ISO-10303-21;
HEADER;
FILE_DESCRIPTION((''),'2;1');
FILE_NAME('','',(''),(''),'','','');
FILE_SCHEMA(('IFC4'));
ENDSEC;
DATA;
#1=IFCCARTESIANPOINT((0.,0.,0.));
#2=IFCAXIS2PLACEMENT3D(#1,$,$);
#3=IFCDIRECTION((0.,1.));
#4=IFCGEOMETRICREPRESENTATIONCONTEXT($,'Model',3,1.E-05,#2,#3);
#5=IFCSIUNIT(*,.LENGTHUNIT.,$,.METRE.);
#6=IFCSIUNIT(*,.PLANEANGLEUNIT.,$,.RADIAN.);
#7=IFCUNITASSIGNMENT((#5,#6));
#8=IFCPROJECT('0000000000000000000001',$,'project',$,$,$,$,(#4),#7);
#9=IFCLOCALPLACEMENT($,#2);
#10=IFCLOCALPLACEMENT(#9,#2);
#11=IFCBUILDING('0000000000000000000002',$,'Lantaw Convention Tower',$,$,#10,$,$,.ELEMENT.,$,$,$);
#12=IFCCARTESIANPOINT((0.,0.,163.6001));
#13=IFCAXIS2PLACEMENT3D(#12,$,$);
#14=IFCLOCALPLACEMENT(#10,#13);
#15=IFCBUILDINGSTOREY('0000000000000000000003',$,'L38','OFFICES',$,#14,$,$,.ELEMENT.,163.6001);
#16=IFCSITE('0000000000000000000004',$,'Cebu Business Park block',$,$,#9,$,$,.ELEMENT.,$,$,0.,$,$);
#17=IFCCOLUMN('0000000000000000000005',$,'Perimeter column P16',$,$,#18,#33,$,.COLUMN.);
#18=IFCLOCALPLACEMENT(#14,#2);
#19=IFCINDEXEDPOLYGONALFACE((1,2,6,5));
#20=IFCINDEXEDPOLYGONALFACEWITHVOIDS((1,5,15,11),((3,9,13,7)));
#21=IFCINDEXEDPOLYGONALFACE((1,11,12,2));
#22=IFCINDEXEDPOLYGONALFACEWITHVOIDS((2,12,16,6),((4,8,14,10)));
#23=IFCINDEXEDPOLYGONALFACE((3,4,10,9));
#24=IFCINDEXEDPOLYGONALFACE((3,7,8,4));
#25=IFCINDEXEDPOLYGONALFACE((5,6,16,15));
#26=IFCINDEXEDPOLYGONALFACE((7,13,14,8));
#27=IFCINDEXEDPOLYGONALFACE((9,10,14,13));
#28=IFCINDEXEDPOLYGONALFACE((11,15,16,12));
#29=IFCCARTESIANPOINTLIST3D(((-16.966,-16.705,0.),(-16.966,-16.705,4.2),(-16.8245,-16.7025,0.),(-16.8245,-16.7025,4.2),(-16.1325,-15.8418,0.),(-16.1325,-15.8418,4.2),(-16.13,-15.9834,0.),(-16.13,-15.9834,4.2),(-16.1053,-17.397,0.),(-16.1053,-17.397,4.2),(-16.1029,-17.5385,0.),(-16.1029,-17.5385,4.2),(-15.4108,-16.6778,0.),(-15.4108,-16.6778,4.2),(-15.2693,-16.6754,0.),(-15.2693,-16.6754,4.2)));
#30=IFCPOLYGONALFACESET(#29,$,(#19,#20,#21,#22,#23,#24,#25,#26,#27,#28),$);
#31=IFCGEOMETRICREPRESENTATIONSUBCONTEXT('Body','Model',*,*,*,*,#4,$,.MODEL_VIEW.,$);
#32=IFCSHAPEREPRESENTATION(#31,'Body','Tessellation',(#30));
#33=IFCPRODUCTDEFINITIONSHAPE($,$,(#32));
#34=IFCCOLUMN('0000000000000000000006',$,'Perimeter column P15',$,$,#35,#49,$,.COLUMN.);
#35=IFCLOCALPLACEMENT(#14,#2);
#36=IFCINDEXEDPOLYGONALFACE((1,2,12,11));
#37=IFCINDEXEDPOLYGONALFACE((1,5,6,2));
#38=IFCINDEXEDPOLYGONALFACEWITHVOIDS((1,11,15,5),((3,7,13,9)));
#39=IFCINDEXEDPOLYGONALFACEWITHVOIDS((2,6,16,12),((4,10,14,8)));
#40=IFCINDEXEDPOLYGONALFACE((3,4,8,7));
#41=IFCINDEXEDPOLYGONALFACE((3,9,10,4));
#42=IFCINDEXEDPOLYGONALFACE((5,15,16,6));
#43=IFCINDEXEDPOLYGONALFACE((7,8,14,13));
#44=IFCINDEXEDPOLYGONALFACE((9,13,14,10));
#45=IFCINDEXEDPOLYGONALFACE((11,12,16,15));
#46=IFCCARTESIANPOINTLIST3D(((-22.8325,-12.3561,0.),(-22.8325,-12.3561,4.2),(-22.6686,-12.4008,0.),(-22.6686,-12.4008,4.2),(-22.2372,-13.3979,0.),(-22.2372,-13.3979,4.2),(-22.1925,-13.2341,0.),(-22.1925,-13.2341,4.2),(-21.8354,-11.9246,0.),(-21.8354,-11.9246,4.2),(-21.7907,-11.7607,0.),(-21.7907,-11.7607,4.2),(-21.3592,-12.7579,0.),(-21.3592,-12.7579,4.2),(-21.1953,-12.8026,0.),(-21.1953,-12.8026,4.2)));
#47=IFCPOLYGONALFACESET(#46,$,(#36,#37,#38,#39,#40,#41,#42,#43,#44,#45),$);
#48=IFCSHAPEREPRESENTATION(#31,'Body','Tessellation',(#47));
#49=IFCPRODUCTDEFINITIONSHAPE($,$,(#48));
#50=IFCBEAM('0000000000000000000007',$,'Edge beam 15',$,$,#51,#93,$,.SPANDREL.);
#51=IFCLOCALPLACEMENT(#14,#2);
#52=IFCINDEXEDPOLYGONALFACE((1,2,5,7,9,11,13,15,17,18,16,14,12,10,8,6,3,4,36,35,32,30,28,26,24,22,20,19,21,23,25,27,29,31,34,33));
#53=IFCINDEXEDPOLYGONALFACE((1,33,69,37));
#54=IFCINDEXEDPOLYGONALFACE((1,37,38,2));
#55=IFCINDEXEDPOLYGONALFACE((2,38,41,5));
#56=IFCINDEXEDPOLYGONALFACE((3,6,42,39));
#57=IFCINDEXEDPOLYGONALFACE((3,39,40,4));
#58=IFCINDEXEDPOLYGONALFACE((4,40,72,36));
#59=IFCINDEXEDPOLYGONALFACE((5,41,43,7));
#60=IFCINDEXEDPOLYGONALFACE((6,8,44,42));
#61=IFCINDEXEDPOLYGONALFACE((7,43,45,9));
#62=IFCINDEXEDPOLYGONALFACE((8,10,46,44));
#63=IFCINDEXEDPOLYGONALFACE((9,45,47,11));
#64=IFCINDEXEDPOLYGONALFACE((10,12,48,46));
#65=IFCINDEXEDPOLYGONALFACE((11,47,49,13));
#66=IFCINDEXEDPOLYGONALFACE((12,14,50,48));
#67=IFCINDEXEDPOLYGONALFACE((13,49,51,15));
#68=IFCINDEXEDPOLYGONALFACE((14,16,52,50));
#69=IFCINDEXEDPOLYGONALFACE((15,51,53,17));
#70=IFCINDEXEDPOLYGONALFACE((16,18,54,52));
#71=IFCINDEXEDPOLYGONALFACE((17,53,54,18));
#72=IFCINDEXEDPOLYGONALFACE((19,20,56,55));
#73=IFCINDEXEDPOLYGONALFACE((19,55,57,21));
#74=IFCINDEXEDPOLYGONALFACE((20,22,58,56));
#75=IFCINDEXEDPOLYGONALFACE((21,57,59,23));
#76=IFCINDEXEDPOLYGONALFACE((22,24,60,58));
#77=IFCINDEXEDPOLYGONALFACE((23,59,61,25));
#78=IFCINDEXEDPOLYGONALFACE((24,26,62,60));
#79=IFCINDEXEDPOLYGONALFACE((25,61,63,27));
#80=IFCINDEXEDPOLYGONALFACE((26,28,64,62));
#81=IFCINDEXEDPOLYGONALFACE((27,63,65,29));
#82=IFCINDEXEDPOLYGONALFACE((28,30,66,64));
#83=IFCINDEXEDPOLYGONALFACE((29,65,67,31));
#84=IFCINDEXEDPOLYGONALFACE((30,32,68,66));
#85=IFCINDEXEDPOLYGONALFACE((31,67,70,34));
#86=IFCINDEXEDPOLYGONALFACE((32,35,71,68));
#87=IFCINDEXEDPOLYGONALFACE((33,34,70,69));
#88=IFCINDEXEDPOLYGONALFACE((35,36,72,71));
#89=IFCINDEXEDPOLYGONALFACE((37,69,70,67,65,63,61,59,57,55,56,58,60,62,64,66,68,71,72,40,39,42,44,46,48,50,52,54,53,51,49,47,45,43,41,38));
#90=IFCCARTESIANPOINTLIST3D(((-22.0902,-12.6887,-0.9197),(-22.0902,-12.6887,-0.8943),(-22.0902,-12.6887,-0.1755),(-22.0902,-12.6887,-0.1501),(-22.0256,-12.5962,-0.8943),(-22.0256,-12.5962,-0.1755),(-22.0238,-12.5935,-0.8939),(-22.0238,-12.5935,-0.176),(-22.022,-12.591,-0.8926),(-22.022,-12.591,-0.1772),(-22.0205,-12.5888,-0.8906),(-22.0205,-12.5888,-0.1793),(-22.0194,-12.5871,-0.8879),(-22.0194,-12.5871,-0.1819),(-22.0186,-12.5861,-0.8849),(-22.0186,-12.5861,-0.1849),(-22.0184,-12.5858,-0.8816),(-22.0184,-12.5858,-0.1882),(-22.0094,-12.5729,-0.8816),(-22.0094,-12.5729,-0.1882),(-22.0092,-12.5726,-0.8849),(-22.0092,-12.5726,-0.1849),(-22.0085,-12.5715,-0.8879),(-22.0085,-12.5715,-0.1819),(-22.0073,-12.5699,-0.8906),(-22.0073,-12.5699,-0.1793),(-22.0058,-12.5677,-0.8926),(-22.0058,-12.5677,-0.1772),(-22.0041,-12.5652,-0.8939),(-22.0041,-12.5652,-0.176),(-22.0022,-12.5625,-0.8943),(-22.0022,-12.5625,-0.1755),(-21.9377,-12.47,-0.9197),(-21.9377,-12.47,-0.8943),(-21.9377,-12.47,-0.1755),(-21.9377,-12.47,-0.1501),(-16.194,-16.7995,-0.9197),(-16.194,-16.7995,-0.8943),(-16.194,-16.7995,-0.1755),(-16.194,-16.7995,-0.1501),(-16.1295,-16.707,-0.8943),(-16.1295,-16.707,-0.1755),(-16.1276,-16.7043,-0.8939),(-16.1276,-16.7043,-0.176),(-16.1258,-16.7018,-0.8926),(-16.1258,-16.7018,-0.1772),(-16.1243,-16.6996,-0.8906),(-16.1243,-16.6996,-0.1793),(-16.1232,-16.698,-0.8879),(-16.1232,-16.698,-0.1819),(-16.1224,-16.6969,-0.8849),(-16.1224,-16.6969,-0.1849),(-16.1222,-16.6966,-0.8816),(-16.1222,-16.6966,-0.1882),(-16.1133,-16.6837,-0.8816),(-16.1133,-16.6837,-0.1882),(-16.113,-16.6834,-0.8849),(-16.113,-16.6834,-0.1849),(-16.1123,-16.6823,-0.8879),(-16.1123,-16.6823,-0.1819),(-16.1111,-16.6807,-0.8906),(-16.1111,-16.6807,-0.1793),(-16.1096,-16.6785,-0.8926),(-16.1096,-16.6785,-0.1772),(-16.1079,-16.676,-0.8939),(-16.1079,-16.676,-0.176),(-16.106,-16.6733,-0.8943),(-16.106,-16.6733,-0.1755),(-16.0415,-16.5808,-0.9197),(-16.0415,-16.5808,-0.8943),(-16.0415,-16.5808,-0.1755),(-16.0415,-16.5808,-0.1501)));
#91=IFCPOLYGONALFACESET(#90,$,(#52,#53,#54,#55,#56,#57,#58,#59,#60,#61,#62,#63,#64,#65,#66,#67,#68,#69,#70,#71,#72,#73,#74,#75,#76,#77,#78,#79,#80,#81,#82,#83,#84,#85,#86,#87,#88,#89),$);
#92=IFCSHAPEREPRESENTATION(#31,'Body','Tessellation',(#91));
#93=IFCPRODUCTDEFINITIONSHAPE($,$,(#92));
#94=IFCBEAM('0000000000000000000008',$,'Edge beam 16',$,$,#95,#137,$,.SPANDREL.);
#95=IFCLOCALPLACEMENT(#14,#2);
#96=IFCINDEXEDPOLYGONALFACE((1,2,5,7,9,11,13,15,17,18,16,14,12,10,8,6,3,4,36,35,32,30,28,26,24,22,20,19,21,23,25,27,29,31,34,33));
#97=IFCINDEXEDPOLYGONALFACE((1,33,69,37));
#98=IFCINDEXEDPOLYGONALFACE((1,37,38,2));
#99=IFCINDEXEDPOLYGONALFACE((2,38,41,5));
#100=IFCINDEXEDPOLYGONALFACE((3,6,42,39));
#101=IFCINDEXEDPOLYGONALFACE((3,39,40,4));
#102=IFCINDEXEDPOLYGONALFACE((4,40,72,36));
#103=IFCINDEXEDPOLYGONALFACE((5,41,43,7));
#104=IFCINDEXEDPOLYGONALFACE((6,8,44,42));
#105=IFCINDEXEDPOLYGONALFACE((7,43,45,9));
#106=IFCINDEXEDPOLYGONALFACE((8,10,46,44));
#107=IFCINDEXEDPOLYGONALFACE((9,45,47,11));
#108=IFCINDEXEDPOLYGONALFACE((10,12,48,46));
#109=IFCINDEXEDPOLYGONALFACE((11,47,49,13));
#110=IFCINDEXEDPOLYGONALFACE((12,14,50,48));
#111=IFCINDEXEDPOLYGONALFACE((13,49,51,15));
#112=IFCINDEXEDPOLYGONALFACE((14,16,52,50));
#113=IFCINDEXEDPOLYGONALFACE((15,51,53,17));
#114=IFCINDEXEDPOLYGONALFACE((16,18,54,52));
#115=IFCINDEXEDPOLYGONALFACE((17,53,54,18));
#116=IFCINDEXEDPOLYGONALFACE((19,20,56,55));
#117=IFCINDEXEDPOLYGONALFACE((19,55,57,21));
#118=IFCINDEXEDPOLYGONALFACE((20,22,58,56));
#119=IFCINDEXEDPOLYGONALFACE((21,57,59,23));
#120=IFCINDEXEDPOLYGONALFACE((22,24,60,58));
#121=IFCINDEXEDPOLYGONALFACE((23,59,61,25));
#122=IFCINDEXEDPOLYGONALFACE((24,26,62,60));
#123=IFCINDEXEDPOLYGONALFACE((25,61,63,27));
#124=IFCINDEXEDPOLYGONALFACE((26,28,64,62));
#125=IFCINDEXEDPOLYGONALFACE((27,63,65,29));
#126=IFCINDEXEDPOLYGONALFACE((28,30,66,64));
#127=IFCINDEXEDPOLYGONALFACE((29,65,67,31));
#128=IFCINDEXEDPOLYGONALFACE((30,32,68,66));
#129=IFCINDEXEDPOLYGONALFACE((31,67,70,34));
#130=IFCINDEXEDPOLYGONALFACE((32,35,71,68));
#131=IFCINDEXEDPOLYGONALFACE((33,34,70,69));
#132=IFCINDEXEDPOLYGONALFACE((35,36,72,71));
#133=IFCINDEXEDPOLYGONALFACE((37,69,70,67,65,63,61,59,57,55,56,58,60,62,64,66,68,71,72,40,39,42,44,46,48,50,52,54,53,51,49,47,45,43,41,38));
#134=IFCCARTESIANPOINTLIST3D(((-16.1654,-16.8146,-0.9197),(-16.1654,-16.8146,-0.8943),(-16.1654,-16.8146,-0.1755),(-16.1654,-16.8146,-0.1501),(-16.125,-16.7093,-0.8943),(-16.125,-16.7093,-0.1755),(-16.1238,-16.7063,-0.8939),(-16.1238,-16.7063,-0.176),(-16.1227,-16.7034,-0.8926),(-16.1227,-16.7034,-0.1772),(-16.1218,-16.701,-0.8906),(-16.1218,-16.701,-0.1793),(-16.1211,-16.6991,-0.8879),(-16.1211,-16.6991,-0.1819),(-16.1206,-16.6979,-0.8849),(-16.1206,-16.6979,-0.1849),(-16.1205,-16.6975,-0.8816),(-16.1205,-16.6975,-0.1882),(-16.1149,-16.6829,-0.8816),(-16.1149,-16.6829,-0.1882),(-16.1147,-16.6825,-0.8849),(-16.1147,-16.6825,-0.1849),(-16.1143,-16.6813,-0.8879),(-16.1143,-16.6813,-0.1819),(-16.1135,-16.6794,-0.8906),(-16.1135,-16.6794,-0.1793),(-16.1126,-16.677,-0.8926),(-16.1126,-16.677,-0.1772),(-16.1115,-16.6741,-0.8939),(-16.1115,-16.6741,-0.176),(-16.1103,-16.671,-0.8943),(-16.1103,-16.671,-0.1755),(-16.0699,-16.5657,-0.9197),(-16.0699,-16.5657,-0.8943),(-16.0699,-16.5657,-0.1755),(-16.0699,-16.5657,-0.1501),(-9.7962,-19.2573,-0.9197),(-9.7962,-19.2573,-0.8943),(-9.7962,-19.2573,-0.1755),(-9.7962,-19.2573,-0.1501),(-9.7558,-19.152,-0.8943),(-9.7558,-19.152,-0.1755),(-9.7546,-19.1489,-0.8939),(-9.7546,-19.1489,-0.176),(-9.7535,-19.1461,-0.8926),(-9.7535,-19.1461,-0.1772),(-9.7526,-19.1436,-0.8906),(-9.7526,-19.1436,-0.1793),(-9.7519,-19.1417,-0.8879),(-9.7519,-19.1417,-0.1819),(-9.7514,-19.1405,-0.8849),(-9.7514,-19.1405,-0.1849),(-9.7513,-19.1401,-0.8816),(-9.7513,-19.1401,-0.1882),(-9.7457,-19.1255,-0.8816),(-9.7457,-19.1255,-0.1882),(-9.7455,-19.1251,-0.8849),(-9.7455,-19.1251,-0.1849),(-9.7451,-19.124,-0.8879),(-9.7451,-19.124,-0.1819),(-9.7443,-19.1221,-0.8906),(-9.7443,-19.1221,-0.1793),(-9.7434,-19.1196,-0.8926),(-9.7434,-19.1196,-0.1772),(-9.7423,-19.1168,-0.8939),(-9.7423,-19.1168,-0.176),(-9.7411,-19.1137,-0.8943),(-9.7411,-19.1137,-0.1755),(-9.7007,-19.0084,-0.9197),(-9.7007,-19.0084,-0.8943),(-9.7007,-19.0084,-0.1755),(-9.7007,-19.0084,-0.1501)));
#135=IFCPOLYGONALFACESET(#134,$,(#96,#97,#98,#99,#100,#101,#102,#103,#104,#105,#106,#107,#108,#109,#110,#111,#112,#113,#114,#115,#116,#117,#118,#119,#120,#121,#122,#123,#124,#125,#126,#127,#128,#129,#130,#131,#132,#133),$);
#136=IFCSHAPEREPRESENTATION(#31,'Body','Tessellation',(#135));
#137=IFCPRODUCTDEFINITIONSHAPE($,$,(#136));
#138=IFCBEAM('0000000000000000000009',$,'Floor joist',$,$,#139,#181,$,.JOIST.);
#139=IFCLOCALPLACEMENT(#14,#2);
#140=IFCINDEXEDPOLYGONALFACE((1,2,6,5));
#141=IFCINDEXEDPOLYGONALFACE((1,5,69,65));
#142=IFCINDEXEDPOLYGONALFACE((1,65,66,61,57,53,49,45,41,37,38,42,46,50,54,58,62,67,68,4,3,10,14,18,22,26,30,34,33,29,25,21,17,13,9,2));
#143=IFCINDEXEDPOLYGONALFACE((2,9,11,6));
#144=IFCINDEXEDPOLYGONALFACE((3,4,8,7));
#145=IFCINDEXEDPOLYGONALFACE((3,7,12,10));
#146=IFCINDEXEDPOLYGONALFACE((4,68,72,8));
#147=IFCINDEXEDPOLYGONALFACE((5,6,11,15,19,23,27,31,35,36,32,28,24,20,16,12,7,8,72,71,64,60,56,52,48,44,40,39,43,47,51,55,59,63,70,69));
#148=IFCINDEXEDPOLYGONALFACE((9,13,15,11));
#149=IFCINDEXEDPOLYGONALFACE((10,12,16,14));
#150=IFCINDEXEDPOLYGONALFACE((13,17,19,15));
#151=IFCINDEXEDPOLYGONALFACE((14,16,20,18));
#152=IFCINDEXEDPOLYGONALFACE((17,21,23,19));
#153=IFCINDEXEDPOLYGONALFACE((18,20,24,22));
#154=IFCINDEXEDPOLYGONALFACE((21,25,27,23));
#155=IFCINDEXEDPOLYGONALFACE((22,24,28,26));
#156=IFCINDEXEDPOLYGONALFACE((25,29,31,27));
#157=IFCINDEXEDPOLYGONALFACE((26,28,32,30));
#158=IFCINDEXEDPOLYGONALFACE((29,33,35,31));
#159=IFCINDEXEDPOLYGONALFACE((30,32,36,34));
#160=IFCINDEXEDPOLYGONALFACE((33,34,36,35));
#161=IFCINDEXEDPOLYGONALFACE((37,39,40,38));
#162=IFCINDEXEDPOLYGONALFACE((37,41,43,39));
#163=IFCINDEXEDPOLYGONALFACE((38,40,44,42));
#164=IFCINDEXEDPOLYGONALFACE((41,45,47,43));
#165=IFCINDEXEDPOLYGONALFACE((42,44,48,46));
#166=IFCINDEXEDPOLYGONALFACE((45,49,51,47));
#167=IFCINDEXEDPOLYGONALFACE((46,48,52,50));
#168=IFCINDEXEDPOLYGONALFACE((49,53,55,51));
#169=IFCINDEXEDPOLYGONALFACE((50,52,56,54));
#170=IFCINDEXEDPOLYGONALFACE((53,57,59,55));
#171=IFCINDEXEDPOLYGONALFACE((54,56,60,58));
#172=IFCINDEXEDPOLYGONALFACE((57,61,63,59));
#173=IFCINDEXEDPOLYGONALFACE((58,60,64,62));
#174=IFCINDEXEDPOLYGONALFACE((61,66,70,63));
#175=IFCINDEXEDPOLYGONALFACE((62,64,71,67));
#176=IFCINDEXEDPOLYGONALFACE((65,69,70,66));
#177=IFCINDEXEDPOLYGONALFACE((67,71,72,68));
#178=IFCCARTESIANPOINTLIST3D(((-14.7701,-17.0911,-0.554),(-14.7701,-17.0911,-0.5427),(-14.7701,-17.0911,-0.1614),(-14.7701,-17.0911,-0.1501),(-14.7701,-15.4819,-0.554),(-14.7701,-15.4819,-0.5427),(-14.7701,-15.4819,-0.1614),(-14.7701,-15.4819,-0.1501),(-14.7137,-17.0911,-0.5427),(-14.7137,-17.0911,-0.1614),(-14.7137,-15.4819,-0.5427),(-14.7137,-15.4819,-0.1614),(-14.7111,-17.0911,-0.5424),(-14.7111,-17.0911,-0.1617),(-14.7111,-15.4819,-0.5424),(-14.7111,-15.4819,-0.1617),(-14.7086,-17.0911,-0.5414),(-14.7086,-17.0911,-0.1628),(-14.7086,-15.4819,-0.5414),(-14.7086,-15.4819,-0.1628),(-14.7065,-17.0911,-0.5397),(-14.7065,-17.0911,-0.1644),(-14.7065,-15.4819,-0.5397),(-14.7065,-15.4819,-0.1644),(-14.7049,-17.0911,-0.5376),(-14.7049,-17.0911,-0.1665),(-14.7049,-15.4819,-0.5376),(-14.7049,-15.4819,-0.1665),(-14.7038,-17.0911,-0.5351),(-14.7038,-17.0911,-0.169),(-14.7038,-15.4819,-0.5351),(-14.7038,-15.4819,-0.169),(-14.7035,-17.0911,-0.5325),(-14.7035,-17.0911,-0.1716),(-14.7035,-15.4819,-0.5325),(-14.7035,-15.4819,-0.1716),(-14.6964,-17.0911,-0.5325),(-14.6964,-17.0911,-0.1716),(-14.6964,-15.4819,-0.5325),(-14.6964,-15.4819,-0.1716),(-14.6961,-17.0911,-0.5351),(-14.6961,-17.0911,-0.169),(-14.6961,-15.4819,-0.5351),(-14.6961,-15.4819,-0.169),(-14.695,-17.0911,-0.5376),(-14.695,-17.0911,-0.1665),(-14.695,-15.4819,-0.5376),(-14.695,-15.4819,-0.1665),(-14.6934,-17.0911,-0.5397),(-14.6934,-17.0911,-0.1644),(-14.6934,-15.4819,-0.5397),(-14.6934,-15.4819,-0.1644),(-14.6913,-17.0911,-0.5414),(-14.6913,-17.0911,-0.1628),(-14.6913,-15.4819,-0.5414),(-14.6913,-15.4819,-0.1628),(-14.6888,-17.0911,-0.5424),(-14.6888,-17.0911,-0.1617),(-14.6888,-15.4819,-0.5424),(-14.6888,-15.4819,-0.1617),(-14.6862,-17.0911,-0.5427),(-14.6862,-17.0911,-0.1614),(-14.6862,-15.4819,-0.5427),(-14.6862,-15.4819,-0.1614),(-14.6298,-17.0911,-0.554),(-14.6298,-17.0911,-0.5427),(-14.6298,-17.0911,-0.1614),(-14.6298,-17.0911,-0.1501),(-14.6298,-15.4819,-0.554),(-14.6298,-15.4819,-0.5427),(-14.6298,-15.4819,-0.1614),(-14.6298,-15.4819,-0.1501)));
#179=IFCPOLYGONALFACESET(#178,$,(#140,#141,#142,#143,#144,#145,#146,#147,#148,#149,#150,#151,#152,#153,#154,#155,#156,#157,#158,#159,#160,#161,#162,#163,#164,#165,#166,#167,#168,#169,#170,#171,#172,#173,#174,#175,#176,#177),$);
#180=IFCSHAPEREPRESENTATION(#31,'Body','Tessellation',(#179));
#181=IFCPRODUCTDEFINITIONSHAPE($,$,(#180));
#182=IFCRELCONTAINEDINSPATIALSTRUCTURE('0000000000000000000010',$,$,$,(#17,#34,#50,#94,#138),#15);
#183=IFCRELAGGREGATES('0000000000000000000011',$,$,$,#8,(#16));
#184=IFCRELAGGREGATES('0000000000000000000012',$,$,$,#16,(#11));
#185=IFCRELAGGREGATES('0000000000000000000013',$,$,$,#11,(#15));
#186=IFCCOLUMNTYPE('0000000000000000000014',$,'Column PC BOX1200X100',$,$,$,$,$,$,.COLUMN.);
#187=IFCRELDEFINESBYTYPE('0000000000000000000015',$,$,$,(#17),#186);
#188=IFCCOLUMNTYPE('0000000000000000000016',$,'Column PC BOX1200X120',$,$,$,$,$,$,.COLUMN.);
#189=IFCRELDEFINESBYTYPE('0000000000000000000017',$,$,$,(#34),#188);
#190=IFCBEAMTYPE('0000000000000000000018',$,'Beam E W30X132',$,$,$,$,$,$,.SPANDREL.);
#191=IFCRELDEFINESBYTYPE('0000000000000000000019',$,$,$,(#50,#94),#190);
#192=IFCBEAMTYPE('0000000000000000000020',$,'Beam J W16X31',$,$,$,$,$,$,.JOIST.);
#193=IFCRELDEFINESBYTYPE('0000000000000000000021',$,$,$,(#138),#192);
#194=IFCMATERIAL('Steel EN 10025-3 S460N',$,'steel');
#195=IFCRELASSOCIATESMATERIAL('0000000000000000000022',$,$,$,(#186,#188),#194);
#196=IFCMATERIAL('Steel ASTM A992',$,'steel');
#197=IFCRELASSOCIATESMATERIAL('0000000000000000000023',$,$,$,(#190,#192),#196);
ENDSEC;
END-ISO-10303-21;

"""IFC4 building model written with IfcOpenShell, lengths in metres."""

from ifc_helpers import new_model, si_unit, direction, frame, origin, origin_2d, place, context, subcontext, project, spatial, rectangle, hollow_rectangle, i_section, extrude, material, material_profile, profile_set, type_object, element, save


model = new_model("IFC4")

# Units and contexts
model_context = context("Model", 3, precision=1e-05, world=origin(), true_north=direction((0.0, 1.0)))
body_context = subcontext(model_context, "Body", "Model", "MODEL_VIEW")
ifc_project = project(units=[si_unit("LENGTHUNIT", "METRE"), si_unit("PLANEANGLEUNIT", "RADIAN")], contexts=[model_context])

# Site, building, storey
site_placement = place(None, origin())
site = spatial("IfcSite", under=ifc_project, at=site_placement, Name="Cebu Business Park block", CompositionType="ELEMENT", RefElevation=0.0)
building_placement = place(site_placement, origin())
building = spatial("IfcBuilding", under=site, at=building_placement, Name="Lantaw Convention Tower", CompositionType="ELEMENT")
storey_placement = place(building_placement, frame((0.0, 0.0, 163.6001)))
storey = spatial("IfcBuildingStorey", under=building, at=storey_placement, Name="L38", Description="OFFICES", CompositionType="ELEMENT", Elevation=163.6001)

# Columns
ifc_material_1 = material(Name="Steel EN 10025-3 S460N", Category="steel")
ifc_material_profile_1 = material_profile(ifc_material_1, hollow_rectangle(XDim=1.2, YDim=1.2, WallThickness=0.1001, at=origin_2d()), Name="BOX1200X100")
ifc_material_2 = material(Name="Concrete C60/75", Category="concrete")
ifc_material_profile_2 = material_profile(ifc_material_2, rectangle(XDim=1.0, YDim=1.0, at=origin_2d()), Name="Concrete fill of BOX1200X100")
ifc_profile_set_1 = profile_set([ifc_material_profile_1, ifc_material_profile_2], Name="Steel EN 10025-3 S460N")
column_type_1 = type_object("IfcColumnType", Name="Column PC BOX1200X100", PredefinedType="COLUMN", material=ifc_profile_set_1)
column_1_placement = place(storey_placement, frame((-16.1177, -16.6902, 0.0), z_axis=(0.0, 0.0, 1.0), x_axis=(0.694658, 0.71934, 0.0)))
element("IfcColumn", 1, at=column_1_placement, inside=storey, type_object=column_type_1, Name="Perimeter column P16", PredefinedType="COLUMN", context=body_context, shape_type="SweptSolid", body=[
    extrude(hollow_rectangle(XDim=1.2, YDim=1.2, WallThickness=0.1001, at=origin_2d()), origin(), (0.0, 0.0, 1.0), 4.2),
])
ifc_material_profile_3 = material_profile(ifc_material_1, hollow_rectangle(XDim=1.2, YDim=1.2, WallThickness=0.1201, at=origin_2d()), Name="BOX1200X120")
ifc_material_profile_4 = material_profile(ifc_material_2, rectangle(XDim=0.96, YDim=0.96, at=origin_2d()), Name="Concrete fill of BOX1200X120")
ifc_profile_set_2 = profile_set([ifc_material_profile_3, ifc_material_profile_4], Name="Steel EN 10025-3 S460N")
column_type_2 = type_object("IfcColumnType", Name="Column PC BOX1200X120", PredefinedType="COLUMN", material=ifc_profile_set_2)
column_2_placement = place(storey_placement, frame((-22.0139, -12.5793, 0.0), z_axis=(0.0, 0.0, 1.0), x_axis=(0.868243, 0.496139, 0.0)))
element("IfcColumn", 2, at=column_2_placement, inside=storey, type_object=column_type_2, Name="Perimeter column P15", PredefinedType="COLUMN", context=body_context, shape_type="SweptSolid", body=[
    extrude(hollow_rectangle(XDim=1.2, YDim=1.2, WallThickness=0.1201, at=origin_2d()), origin(), (0.0, 0.0, 1.0), 4.2),
])

# Beams
ifc_material_3 = material(Name="Steel ASTM A992", Category="steel")
ifc_material_profile_5 = material_profile(ifc_material_3, i_section(OverallWidth=0.2666, OverallDepth=0.7695, WebThickness=0.0156, FlangeThickness=0.0254, FilletRadius=0.0127, at=origin_2d()), Name="W30X132")
ifc_profile_set_3 = profile_set([ifc_material_profile_5], Name="Steel ASTM A992")
beam_type_1 = type_object("IfcBeamType", Name="Beam E W30X132", PredefinedType="SPANDREL", material=ifc_profile_set_3)
beam_1_placement = place(storey_placement, frame((-22.0139, -12.5793, -0.5349), z_axis=(0.820311, -0.571918, 0.0), x_axis=(0.571918, 0.820311, 0.0)))
element("IfcBeam", 3, at=beam_1_placement, inside=storey, type_object=beam_type_1, Name="Edge beam 15", PredefinedType="SPANDREL", context=body_context, shape_type="SweptSolid", body=[
    extrude(i_section(OverallWidth=0.2666, OverallDepth=0.7695, WebThickness=0.0156, FlangeThickness=0.0254, FilletRadius=0.0127, at=origin_2d()), origin(), (0.0, 0.0, 1.0), 7.1877),
])
beam_2_placement = place(storey_placement, frame((-16.1177, -16.6902, -0.5349), z_axis=(0.933691, -0.35808, 0.0), x_axis=(0.35808, 0.933691, 0.0)))
element("IfcBeam", 4, at=beam_2_placement, inside=storey, type_object=beam_type_1, Name="Edge beam 16", PredefinedType="SPANDREL", context=body_context, shape_type="SweptSolid", body=[
    extrude(i_section(OverallWidth=0.2666, OverallDepth=0.7695, WebThickness=0.0156, FlangeThickness=0.0254, FilletRadius=0.0127, at=origin_2d()), origin(), (0.0, 0.0, 1.0), 6.8215),
])
ifc_material_profile_6 = material_profile(ifc_material_3, i_section(OverallWidth=0.1404, OverallDepth=0.4038, WebThickness=0.0071, FlangeThickness=0.0112, FilletRadius=0.0103, at=origin_2d()), Name="W16X31")
ifc_profile_set_4 = profile_set([ifc_material_profile_6], Name="Steel ASTM A992")
beam_type_2 = type_object("IfcBeamType", Name="Beam J W16X31", PredefinedType="JOIST", material=ifc_profile_set_4)
beam_3_placement = place(storey_placement, frame((-14.7, -17.0911, -0.3521), z_axis=(0.0, 1.0, 0.0), x_axis=(-1.0, 0.0, 0.0)))
element("IfcBeam", 5, at=beam_3_placement, inside=storey, type_object=beam_type_2, Name="Floor joist", PredefinedType="JOIST", context=body_context, shape_type="SweptSolid", body=[
    extrude(i_section(OverallWidth=0.1404, OverallDepth=0.4038, WebThickness=0.0071, FlangeThickness=0.0112, FilletRadius=0.0103, at=origin_2d()), origin(), (0.0, 0.0, 1.0), 1.6091),
])

save(model, "model.ifc")
